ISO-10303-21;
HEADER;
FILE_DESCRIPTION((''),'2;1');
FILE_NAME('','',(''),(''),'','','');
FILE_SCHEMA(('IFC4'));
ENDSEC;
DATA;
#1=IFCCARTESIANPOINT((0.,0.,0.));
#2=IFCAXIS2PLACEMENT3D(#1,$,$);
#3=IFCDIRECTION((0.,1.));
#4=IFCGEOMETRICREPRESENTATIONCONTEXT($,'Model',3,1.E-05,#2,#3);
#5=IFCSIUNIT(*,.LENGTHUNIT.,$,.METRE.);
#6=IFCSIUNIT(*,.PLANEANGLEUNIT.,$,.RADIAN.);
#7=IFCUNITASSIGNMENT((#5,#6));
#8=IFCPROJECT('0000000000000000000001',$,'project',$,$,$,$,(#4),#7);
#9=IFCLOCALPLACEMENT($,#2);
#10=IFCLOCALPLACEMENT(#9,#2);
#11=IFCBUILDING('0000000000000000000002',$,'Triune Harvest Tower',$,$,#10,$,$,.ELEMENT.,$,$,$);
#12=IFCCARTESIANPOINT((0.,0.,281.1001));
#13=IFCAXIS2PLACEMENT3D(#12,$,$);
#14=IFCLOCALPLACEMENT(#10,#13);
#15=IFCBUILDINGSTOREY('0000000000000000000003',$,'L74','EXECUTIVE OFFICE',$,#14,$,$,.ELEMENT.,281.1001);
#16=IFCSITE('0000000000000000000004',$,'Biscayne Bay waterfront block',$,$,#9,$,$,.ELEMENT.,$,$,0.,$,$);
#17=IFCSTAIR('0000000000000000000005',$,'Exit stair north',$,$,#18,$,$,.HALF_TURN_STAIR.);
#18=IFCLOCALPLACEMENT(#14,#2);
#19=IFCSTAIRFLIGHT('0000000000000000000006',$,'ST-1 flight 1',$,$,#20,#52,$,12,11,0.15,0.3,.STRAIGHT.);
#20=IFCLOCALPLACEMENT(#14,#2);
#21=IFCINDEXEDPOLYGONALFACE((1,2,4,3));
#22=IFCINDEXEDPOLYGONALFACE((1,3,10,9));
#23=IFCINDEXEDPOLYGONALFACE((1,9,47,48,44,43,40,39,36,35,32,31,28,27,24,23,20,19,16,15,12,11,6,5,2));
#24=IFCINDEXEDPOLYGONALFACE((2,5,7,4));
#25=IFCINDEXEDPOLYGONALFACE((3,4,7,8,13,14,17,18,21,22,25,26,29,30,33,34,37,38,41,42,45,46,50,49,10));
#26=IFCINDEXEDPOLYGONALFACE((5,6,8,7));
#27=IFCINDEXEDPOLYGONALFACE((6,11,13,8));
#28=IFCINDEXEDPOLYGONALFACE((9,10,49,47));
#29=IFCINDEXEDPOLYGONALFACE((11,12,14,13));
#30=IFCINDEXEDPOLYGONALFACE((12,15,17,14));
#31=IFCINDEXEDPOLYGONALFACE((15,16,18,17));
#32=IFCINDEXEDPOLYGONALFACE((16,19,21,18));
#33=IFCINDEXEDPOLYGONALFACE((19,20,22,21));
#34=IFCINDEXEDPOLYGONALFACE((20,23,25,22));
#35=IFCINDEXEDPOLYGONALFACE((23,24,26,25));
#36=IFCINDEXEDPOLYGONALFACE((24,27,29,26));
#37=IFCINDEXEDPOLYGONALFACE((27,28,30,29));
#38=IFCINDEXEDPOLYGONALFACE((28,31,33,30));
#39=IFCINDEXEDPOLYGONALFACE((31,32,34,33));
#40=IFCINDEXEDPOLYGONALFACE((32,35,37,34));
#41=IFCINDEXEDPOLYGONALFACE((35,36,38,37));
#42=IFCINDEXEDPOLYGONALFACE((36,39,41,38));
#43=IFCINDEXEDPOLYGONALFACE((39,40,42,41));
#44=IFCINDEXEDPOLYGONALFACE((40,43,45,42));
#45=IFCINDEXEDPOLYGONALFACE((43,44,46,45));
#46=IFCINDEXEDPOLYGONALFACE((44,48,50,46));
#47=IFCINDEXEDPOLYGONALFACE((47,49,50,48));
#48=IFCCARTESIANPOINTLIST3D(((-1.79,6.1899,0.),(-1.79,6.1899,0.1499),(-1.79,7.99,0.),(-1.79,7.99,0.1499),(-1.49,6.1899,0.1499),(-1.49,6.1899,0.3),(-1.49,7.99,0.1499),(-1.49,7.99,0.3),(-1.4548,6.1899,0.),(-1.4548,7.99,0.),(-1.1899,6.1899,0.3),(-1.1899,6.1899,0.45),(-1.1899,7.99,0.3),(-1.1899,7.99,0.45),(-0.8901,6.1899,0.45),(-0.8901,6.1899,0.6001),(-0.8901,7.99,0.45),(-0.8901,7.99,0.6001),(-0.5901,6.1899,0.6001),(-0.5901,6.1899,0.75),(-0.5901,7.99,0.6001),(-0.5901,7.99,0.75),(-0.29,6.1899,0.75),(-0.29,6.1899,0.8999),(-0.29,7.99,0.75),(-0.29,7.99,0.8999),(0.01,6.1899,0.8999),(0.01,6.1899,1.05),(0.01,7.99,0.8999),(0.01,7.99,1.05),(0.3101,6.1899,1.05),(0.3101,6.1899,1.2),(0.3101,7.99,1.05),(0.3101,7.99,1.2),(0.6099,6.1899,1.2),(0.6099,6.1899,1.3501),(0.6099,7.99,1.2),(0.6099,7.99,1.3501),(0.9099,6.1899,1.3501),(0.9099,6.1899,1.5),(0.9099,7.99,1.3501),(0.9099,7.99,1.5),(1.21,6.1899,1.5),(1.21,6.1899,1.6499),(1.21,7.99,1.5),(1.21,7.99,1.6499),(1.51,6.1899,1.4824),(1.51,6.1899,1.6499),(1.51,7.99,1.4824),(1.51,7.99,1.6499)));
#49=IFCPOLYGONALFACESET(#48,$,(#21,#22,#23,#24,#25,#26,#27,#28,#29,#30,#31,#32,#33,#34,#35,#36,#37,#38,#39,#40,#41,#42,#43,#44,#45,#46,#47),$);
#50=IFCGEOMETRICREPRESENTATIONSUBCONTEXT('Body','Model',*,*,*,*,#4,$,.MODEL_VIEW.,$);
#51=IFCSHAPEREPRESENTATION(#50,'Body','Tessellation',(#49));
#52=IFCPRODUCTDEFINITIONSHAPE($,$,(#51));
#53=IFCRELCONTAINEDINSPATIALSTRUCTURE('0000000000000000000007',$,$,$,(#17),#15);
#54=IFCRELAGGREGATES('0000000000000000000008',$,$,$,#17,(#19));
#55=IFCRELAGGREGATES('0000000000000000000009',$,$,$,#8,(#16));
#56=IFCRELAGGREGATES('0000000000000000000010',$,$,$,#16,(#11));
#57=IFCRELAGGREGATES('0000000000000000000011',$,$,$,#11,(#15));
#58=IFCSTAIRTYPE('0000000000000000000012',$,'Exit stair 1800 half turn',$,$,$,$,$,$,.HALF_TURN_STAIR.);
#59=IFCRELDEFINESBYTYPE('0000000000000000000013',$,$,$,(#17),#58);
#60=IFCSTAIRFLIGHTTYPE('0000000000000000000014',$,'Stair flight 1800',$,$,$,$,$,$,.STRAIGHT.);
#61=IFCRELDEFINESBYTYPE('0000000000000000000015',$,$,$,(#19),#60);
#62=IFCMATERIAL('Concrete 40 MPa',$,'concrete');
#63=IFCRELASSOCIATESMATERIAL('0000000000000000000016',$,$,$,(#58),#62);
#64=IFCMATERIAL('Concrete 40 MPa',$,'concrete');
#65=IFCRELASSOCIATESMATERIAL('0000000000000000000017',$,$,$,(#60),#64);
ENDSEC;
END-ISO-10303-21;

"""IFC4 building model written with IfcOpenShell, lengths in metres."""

from ifc_helpers import new_model, si_unit, direction, frame, origin, place, context, subcontext, project, spatial, polyline, outline, extrude, source, transform, mapped, material, type_object, element, aggregate, save


model = new_model("IFC4")

# Units and contexts
model_context = context("Model", 3, precision=1e-05, world=origin(), true_north=direction((0.0, 1.0)))
body_context = subcontext(model_context, "Body", "Model", "MODEL_VIEW")
ifc_project = project(units=[si_unit("LENGTHUNIT", "METRE"), si_unit("PLANEANGLEUNIT", "RADIAN")], contexts=[model_context])

# Site, building, storey
site_placement = place(None, origin())
site = spatial("IfcSite", under=ifc_project, at=site_placement, Name="Biscayne Bay waterfront block", CompositionType="ELEMENT", RefElevation=0.0)
building_placement = place(site_placement, origin())
building = spatial("IfcBuilding", under=site, at=building_placement, Name="Triune Harvest Tower", CompositionType="ELEMENT")
storey_placement = place(building_placement, frame((0.0, 0.0, 281.1001)))
storey = spatial("IfcBuildingStorey", under=building, at=storey_placement, Name="L74", Description="EXECUTIVE OFFICE", CompositionType="ELEMENT", Elevation=281.1001)

# Stair, stair flight
ifc_material_1 = material(Name="Concrete 40 MPa", Category="concrete")
stair_type = type_object("IfcStairType", Name="Exit stair 1800 half turn", PredefinedType="HALF_TURN_STAIR", material=ifc_material_1)
stair_placement = place(storey_placement, origin())
stair = element("IfcStair", 1, at=stair_placement, inside=storey, type_object=stair_type, Name="Exit stair north", PredefinedType="HALF_TURN_STAIR")
ifc_material_2 = material(Name="Concrete 40 MPa", Category="concrete")
stair_flight_type = type_object("IfcStairFlightType", Name="Stair flight 1800", PredefinedType="STRAIGHT", material=ifc_material_2)
shared_shape_1 = source(origin(), body_context, "Body", "SweptSolid", [
    extrude(outline(polyline([(0.0, 0.0), (0.0, 0.1499), (0.3, 0.1499), (0.3, 0.3), (0.6001, 0.3), (0.6001, 0.45), (0.8999, 0.45), (0.8999, 0.6001), (1.2, 0.6001), (1.2, 0.75), (1.5, 0.75), (1.5, 0.8999), (1.8, 0.8999), (1.8, 1.05), (2.1001, 1.05), (2.1001, 1.2), (2.3999, 1.2), (2.3999, 1.3501), (2.7, 1.3501), (2.7, 1.5), (3.0, 1.5), (3.0, 1.6499), (3.3, 1.6499), (3.3, 1.8), (3.3, 1.4824), (0.3352, 0.0), (0.0, 0.0)])), frame((0.0, 0.8999, 0.0), z_axis=(0.0, -1.0, 0.0), x_axis=(1.0, 0.0, 0.0)), (0.0, 0.0, 1.0), 1.8),
])
stair_flight_placement = place(storey_placement, frame((-1.79, 7.0901, 0.0), z_axis=(0.0, 0.0, 1.0), x_axis=(1.0, 0.0, 0.0)))
stair_flight = element("IfcStairFlight", 2, at=stair_flight_placement, type_object=stair_flight_type, Name="ST-1 flight 1", NumberOfRisers=12, NumberOfTreads=11, PredefinedType="STRAIGHT", RiserHeight=0.15, TreadLength=0.3, context=body_context, shape_type="MappedRepresentation", body=[
    mapped(shared_shape_1, transform((0.0, 0.0, 0.0), scale=1.0)),
])
aggregate(stair, [stair_flight])

save(model, "model.ifc")
